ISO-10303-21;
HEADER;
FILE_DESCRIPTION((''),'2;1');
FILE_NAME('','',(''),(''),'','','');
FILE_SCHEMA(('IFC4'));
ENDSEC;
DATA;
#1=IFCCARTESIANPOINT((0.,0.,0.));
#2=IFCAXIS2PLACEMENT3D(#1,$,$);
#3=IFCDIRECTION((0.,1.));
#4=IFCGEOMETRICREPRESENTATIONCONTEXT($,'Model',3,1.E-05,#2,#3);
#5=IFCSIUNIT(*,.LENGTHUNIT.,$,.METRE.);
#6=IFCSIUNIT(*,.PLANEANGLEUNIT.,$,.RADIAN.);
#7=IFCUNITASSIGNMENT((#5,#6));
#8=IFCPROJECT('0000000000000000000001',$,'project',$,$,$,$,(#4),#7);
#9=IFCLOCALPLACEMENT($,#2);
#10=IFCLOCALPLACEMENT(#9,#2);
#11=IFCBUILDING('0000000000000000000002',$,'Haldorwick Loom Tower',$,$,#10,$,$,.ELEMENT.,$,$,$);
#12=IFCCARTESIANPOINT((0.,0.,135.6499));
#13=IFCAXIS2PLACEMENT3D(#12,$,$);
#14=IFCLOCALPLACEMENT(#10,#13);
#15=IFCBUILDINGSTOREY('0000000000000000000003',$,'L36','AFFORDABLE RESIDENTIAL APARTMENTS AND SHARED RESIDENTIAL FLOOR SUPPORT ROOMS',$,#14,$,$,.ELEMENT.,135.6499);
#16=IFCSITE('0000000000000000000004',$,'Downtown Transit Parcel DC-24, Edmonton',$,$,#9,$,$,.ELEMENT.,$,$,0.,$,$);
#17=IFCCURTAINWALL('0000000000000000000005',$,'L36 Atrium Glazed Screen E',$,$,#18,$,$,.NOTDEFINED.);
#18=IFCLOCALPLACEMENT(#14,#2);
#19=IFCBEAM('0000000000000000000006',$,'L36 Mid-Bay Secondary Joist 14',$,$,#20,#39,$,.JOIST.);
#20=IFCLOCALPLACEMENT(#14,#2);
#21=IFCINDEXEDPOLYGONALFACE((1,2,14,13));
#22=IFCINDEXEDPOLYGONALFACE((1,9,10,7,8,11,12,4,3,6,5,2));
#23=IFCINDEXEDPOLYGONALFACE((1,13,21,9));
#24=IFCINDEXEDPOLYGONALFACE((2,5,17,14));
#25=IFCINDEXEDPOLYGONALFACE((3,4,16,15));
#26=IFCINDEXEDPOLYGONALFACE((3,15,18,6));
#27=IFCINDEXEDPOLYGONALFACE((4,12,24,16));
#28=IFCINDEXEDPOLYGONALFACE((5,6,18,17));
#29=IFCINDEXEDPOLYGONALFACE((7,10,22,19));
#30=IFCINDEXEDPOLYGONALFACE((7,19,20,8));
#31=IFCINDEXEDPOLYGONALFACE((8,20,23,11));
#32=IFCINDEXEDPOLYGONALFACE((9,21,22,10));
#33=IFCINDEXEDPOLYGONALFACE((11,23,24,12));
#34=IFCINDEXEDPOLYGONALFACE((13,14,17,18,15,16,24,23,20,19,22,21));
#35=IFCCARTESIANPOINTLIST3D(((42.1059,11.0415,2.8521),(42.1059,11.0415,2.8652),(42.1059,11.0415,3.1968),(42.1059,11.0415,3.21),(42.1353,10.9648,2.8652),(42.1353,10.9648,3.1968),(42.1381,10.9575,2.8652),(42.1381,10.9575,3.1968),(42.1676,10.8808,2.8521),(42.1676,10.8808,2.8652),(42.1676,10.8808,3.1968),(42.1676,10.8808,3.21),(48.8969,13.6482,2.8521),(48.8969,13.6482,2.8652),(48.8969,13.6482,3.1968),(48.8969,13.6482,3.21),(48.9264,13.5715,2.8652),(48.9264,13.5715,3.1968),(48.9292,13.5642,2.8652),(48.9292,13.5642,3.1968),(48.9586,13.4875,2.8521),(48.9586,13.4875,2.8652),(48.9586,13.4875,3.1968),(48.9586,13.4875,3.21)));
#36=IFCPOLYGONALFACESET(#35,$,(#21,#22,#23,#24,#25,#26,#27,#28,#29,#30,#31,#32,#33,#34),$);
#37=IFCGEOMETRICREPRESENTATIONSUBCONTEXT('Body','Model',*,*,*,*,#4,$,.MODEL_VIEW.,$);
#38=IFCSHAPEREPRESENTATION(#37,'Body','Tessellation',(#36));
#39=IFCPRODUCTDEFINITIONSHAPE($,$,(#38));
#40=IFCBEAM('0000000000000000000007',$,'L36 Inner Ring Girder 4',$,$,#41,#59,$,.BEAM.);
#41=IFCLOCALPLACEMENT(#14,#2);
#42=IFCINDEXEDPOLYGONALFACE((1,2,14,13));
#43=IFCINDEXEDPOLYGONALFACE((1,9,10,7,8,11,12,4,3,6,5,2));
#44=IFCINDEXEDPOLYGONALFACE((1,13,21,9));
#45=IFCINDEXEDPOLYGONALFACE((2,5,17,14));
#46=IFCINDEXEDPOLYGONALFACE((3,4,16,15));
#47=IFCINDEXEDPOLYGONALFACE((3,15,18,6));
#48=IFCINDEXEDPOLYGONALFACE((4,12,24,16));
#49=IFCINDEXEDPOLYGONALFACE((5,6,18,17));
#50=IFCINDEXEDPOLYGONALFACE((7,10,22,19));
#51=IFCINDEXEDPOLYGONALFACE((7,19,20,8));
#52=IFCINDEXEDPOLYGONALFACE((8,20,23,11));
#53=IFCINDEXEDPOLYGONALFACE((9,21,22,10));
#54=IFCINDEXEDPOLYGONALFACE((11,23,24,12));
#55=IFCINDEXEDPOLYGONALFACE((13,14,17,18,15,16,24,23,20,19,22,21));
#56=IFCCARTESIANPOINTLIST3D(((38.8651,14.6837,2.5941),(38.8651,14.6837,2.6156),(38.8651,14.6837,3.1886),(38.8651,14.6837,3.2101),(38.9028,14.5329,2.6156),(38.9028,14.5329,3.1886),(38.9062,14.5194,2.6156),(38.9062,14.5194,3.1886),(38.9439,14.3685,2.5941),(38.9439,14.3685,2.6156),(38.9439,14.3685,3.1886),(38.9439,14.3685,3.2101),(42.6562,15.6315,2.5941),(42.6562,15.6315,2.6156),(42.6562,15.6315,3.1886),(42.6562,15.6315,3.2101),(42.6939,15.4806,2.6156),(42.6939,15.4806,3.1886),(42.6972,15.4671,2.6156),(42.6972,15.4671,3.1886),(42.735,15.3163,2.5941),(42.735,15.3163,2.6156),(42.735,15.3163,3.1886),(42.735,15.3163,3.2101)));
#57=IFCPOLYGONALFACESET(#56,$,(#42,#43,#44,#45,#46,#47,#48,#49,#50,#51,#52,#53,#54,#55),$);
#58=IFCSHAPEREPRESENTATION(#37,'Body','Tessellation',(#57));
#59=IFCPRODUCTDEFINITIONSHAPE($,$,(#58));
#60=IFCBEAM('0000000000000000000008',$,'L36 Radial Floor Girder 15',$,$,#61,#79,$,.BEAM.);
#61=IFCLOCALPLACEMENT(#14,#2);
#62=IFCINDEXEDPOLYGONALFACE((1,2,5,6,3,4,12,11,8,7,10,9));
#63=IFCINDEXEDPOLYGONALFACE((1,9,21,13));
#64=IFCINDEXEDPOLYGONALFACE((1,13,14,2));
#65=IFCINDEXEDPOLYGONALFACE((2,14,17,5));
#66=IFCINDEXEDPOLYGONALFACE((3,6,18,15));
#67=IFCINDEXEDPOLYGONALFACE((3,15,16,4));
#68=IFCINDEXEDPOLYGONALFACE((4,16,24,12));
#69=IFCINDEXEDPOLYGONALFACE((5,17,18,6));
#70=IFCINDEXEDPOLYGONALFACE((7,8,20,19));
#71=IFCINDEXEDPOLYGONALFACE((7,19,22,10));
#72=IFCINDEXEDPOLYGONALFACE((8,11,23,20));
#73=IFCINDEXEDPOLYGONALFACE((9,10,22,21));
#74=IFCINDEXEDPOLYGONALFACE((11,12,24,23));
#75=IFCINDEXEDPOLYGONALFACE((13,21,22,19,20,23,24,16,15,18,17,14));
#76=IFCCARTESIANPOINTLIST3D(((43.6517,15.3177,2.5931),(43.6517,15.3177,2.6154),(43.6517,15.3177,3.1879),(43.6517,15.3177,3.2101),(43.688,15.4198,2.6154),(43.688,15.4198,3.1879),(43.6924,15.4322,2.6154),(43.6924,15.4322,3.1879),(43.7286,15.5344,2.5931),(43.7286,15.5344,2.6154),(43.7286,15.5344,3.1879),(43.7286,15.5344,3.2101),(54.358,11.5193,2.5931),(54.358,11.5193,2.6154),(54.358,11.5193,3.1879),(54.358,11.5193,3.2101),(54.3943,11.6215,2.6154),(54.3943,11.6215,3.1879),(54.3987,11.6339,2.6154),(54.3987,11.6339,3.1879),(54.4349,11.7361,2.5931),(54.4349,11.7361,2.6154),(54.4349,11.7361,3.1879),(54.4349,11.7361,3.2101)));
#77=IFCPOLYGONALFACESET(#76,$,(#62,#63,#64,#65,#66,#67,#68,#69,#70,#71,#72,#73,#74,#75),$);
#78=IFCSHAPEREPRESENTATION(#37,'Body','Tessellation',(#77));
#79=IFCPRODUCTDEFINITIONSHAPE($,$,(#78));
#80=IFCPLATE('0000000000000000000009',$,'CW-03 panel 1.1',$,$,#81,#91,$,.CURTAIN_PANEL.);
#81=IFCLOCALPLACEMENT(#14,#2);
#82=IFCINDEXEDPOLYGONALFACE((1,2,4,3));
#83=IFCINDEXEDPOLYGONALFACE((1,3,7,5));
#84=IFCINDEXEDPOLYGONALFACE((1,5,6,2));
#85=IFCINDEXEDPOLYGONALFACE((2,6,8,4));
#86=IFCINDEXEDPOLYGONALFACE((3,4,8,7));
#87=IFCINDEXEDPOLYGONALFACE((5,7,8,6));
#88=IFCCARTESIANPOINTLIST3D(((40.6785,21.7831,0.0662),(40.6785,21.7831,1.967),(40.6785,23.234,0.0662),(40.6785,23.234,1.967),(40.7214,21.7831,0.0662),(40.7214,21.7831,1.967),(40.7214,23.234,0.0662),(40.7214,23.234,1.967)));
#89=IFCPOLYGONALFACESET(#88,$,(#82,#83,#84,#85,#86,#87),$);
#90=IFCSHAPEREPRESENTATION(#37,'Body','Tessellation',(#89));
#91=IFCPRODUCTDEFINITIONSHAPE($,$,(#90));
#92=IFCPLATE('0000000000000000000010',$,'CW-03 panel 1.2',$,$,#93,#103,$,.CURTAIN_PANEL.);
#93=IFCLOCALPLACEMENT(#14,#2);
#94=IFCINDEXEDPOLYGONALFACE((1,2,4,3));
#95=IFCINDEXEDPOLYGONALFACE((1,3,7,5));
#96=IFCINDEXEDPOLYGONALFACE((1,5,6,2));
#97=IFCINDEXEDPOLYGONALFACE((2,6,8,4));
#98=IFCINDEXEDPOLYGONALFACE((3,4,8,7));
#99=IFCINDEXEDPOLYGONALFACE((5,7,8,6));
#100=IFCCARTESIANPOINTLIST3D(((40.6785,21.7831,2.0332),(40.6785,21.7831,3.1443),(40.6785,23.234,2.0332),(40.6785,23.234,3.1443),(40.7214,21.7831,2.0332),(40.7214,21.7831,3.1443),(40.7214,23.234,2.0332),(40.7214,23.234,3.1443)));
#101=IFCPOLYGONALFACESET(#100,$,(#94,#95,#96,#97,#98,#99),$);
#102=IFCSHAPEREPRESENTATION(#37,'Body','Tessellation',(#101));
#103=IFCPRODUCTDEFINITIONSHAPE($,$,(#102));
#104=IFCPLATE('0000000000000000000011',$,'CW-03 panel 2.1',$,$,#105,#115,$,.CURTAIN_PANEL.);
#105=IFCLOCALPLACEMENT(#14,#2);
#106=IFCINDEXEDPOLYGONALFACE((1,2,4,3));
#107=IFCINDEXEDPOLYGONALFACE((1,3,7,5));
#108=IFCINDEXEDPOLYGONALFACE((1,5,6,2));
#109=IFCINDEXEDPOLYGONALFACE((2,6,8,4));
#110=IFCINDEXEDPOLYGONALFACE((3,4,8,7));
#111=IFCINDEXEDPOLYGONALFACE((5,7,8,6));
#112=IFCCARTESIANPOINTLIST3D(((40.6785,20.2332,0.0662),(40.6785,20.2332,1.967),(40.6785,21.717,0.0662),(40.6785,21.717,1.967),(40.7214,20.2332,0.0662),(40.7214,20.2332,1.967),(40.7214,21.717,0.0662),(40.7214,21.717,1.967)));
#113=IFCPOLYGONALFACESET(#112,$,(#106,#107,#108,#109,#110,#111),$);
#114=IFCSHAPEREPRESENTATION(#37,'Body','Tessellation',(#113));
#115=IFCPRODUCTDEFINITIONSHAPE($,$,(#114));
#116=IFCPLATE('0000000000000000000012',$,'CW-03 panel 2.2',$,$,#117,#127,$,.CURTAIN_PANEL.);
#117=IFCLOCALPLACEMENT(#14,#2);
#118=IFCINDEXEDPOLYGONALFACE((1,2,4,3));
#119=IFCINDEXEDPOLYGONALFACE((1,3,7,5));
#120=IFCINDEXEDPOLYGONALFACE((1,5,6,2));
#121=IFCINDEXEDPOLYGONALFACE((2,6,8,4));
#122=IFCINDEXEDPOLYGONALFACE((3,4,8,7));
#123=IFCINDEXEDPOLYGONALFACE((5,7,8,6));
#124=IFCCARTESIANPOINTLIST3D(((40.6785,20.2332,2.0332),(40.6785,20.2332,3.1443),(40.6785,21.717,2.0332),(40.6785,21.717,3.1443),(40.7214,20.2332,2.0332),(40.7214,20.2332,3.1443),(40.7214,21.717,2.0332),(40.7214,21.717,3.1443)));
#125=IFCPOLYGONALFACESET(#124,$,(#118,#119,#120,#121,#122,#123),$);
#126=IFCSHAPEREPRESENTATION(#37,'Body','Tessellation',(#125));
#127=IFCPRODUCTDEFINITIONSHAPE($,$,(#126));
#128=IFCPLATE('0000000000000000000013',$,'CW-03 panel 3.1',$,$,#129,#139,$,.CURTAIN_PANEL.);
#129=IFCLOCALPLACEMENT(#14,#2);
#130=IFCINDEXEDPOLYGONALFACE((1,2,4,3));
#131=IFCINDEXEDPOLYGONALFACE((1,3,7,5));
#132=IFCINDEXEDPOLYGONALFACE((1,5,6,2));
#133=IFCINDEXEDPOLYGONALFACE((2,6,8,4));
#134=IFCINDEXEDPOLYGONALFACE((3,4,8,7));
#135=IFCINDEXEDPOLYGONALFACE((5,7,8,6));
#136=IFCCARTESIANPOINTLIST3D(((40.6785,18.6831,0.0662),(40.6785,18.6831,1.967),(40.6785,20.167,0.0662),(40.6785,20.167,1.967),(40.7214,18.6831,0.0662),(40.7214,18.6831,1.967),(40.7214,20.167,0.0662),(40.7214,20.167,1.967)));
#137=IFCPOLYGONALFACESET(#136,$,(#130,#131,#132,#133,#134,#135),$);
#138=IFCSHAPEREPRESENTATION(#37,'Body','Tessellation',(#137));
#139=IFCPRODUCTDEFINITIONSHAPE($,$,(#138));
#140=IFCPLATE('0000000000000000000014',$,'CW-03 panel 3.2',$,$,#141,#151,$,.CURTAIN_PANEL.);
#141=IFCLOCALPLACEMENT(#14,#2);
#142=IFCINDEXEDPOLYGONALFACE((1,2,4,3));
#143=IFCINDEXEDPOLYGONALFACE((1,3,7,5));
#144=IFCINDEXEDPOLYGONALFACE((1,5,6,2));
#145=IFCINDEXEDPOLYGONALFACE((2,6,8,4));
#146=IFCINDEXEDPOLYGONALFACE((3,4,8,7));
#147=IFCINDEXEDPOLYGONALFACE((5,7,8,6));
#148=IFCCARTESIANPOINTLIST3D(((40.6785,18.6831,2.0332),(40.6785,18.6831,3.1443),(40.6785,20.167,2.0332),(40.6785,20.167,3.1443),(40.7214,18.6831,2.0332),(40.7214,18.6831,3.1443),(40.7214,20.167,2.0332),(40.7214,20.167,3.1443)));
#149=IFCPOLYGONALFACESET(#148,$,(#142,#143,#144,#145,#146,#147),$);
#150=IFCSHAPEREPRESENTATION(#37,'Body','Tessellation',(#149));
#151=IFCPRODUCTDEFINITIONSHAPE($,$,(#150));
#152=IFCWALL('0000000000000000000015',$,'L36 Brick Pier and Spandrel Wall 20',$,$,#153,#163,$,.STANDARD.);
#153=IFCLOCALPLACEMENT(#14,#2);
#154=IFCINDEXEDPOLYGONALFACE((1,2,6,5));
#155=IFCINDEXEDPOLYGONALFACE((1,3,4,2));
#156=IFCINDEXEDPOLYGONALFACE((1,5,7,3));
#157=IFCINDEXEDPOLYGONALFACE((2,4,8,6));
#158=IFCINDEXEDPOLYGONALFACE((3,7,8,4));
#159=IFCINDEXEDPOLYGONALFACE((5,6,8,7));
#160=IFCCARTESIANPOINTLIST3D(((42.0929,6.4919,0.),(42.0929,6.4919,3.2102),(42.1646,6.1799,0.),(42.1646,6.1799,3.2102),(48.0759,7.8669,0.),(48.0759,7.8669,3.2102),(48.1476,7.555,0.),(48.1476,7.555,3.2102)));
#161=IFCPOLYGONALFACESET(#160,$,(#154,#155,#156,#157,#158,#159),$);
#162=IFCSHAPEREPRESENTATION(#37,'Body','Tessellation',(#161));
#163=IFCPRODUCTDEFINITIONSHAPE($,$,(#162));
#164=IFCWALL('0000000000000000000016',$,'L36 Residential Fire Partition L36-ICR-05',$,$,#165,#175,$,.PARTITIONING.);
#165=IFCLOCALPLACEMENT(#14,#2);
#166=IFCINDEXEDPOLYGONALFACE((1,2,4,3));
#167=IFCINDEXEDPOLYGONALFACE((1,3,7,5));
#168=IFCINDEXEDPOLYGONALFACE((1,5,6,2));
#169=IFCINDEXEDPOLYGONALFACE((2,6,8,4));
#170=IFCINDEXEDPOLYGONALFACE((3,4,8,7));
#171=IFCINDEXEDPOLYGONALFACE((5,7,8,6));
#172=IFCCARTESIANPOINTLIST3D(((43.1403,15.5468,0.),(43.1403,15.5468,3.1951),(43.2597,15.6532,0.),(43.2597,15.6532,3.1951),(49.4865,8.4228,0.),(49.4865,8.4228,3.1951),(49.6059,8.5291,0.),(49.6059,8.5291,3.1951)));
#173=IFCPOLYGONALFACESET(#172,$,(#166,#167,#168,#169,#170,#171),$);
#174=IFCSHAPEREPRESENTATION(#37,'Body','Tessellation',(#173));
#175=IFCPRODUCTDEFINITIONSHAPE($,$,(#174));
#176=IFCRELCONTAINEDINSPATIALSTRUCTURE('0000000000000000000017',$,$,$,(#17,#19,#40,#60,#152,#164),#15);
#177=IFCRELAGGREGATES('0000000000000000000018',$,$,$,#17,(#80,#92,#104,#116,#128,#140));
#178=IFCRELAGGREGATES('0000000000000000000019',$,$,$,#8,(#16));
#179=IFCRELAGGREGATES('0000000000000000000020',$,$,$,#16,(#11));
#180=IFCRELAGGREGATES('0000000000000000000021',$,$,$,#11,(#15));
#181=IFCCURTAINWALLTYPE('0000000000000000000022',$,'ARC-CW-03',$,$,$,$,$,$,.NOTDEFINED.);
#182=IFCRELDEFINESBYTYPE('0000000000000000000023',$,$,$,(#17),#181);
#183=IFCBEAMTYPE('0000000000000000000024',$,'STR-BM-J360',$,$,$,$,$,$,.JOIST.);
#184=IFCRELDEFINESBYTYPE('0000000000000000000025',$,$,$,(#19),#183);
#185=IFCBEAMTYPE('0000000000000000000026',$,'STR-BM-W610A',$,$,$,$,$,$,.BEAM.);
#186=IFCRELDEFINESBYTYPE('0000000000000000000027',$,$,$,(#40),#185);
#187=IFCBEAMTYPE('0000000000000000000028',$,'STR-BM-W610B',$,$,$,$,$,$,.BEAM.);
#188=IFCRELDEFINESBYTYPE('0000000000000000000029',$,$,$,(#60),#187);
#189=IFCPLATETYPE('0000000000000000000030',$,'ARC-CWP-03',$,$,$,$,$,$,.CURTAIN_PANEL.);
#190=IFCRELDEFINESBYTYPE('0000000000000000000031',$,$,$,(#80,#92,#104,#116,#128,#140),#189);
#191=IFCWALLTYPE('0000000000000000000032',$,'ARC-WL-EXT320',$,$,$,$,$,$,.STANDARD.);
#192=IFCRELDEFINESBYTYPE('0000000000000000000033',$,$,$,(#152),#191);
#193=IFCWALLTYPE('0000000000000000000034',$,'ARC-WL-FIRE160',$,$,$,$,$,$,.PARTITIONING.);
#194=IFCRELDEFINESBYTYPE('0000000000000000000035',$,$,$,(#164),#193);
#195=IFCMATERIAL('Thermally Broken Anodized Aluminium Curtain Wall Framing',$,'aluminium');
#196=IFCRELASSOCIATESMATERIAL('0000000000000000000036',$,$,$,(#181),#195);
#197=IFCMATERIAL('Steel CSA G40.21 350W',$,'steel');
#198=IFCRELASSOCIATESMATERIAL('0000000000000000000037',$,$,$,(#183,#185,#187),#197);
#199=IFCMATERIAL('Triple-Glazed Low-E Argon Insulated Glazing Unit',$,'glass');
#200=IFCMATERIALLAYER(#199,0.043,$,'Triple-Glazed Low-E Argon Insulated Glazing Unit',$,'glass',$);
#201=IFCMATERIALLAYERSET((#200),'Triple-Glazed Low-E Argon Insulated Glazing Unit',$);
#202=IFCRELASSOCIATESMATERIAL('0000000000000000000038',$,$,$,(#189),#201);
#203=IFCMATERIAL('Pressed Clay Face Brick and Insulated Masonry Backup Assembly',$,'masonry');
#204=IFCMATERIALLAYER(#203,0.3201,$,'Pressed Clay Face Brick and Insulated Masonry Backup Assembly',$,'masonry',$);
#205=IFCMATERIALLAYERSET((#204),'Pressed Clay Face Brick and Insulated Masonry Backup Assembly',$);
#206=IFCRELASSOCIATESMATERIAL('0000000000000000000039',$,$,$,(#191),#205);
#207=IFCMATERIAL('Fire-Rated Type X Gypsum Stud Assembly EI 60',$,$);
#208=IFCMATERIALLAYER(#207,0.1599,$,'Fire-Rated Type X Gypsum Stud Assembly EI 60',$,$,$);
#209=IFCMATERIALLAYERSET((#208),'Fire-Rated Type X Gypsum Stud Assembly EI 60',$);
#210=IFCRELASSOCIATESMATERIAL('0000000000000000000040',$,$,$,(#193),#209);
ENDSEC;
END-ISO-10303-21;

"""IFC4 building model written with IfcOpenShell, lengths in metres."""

from ifc_helpers import new_model, si_unit, direction, frame, frame_2d, origin, origin_2d, place, context, subcontext, project, spatial, rectangle, i_section, extrude, material, layer, layer_set, material_profile, profile_set, type_object, element, aggregate, save


model = new_model("IFC4")

# Units and contexts
model_context = context("Model", 3, precision=1e-05, world=origin(), true_north=direction((0.0, 1.0)))
body_context = subcontext(model_context, "Body", "Model", "MODEL_VIEW")
ifc_project = project(units=[si_unit("LENGTHUNIT", "METRE"), si_unit("PLANEANGLEUNIT", "RADIAN")], contexts=[model_context])

# Site, building, storey
site_placement = place(None, origin())
site = spatial("IfcSite", under=ifc_project, at=site_placement, Name="Downtown Transit Parcel DC-24, Edmonton", CompositionType="ELEMENT", RefElevation=0.0)
building_placement = place(site_placement, origin())
building = spatial("IfcBuilding", under=site, at=building_placement, Name="Haldorwick Loom Tower", CompositionType="ELEMENT")
storey_placement = place(building_placement, frame((0.0, 0.0, 135.6499)))
storey = spatial("IfcBuildingStorey", under=building, at=storey_placement, Name="L36", Description="AFFORDABLE RESIDENTIAL APARTMENTS AND SHARED RESIDENTIAL FLOOR SUPPORT ROOMS", CompositionType="ELEMENT", Elevation=135.6499)

# Curtain wall
ifc_material_1 = material(Name="Thermally Broken Anodized Aluminium Curtain Wall Framing", Category="aluminium")
curtain_wall_type = type_object("IfcCurtainWallType", Name="ARC-CW-03", PredefinedType="NOTDEFINED", material=ifc_material_1)
curtain_wall_placement = place(storey_placement, origin())
curtain_wall = element("IfcCurtainWall", 1, at=curtain_wall_placement, inside=storey, type_object=curtain_wall_type, Name="L36 Atrium Glazed Screen E", PredefinedType="NOTDEFINED")

# Beams
ifc_material_2 = material(Name="Steel CSA G40.21 350W", Category="steel")
ifc_material_profile_1 = material_profile(ifc_material_2, i_section(OverallWidth=0.1721, OverallDepth=0.3579, WebThickness=0.0078, FlangeThickness=0.0132, at=origin_2d()), Name="W360X57", Category="steel")
ifc_profile_set_1 = profile_set([ifc_material_profile_1], Name="Steel CSA G40.21 350W")
beam_type_1 = type_object("IfcBeamType", Name="STR-BM-J360", PredefinedType="JOIST", material=ifc_profile_set_1)
beam_1_placement = place(storey_placement, frame((42.1367, 10.9612, 3.031), z_axis=(0.933587, 0.358352, 0.0), x_axis=(-0.358352, 0.933587, 0.0)))
element("IfcBeam", 2, at=beam_1_placement, inside=storey, type_object=beam_type_1, Name="L36 Mid-Bay Secondary Joist 14", PredefinedType="JOIST", context=body_context, shape_type="SweptSolid", body=[
    extrude(i_section(OverallWidth=0.1721, OverallDepth=0.3579, WebThickness=0.0078, FlangeThickness=0.0132, at=origin_2d()), origin(), (0.0, 0.0, 1.0), 7.2742),
])
ifc_material_profile_2 = material_profile(ifc_material_2, i_section(OverallWidth=0.325, OverallDepth=0.616, WebThickness=0.0139, FlangeThickness=0.0215, at=origin_2d()), Name="W610X174", Category="steel")
ifc_profile_set_2 = profile_set([ifc_material_profile_2], Name="Steel CSA G40.21 350W")
beam_type_2 = type_object("IfcBeamType", Name="STR-BM-W610A", PredefinedType="BEAM", material=ifc_profile_set_2)
beam_2_placement = place(storey_placement, frame((42.6956, 15.4739, 2.9021), z_axis=(-0.970143, -0.242536, 0.0), x_axis=(0.242536, -0.970143, 0.0)))
element("IfcBeam", 3, at=beam_2_placement, inside=storey, type_object=beam_type_2, Name="L36 Inner Ring Girder 4", PredefinedType="BEAM", context=body_context, shape_type="SweptSolid", body=[
    extrude(i_section(OverallWidth=0.325, OverallDepth=0.616, WebThickness=0.0139, FlangeThickness=0.0215, at=origin_2d()), origin(), (0.0, 0.0, 1.0), 3.9077),
])
ifc_material_profile_3 = material_profile(ifc_material_2, i_section(OverallWidth=0.23, OverallDepth=0.6169, WebThickness=0.0132, FlangeThickness=0.0222, at=origin_2d()), Name="W610X140", Category="steel")
ifc_profile_set_3 = profile_set([ifc_material_profile_3], Name="Steel CSA G40.21 350W")
beam_type_3 = type_object("IfcBeamType", Name="STR-BM-W610B", PredefinedType="BEAM", material=ifc_profile_set_3)
beam_3_placement = place(storey_placement, frame((43.6902, 15.426, 2.9016), z_axis=(0.942446, -0.334358, 0.0), x_axis=(0.334358, 0.942446, 0.0)))
element("IfcBeam", 4, at=beam_3_placement, inside=storey, type_object=beam_type_3, Name="L36 Radial Floor Girder 15", PredefinedType="BEAM", context=body_context, shape_type="SweptSolid", body=[
    extrude(i_section(OverallWidth=0.23, OverallDepth=0.6169, WebThickness=0.0132, FlangeThickness=0.0222, at=origin_2d()), origin(), (0.0, 0.0, 1.0), 11.3601),
])

# Plates
ifc_material_3 = material(Name="Triple-Glazed Low-E Argon Insulated Glazing Unit", Category="glass")
ifc_layer_1 = layer(ifc_material_3, 0.043, Name="Triple-Glazed Low-E Argon Insulated Glazing Unit", Category="glass")
ifc_layer_set_1 = layer_set([ifc_layer_1], Name="Triple-Glazed Low-E Argon Insulated Glazing Unit")
plate_type = type_object("IfcPlateType", Name="ARC-CWP-03", PredefinedType="CURTAIN_PANEL", material=ifc_layer_set_1)
plate_1_placement = place(storey_placement, frame((40.7, 22.5085, 0.0662), z_axis=(0.0, 0.0, 1.0), x_axis=(0.0, -1.0, 0.0)))
plate_1 = element("IfcPlate", 5, at=plate_1_placement, type_object=plate_type, Name="CW-03 panel 1.1", PredefinedType="CURTAIN_PANEL", context=body_context, shape_type="SweptSolid", body=[
    extrude(rectangle(XDim=1.4509, YDim=0.043, at=origin_2d()), origin(), (0.0, 0.0, 1.0), 1.9009),
])
plate_2_placement = place(storey_placement, frame((40.7, 22.5085, 2.0332), z_axis=(0.0, 0.0, 1.0), x_axis=(0.0, -1.0, 0.0)))
plate_2 = element("IfcPlate", 6, at=plate_2_placement, type_object=plate_type, Name="CW-03 panel 1.2", PredefinedType="CURTAIN_PANEL", context=body_context, shape_type="SweptSolid", body=[
    extrude(rectangle(XDim=1.4509, YDim=0.043, at=origin_2d()), origin(), (0.0, 0.0, 1.0), 1.1111),
])
plate_3_placement = place(storey_placement, frame((40.7, 20.9751, 0.0662), z_axis=(0.0, 0.0, 1.0), x_axis=(0.0, -1.0, 0.0)))
plate_3 = element("IfcPlate", 7, at=plate_3_placement, type_object=plate_type, Name="CW-03 panel 2.1", PredefinedType="CURTAIN_PANEL", context=body_context, shape_type="SweptSolid", body=[
    extrude(rectangle(XDim=1.4839, YDim=0.043, at=origin_2d()), origin(), (0.0, 0.0, 1.0), 1.9009),
])
plate_4_placement = place(storey_placement, frame((40.7, 20.9751, 2.0332), z_axis=(0.0, 0.0, 1.0), x_axis=(0.0, -1.0, 0.0)))
plate_4 = element("IfcPlate", 8, at=plate_4_placement, type_object=plate_type, Name="CW-03 panel 2.2", PredefinedType="CURTAIN_PANEL", context=body_context, shape_type="SweptSolid", body=[
    extrude(rectangle(XDim=1.4839, YDim=0.043, at=origin_2d()), origin(), (0.0, 0.0, 1.0), 1.1111),
])
plate_5_placement = place(storey_placement, frame((40.7, 19.425, 0.0662), z_axis=(0.0, 0.0, 1.0), x_axis=(0.0, -1.0, 0.0)))
plate_5 = element("IfcPlate", 9, at=plate_5_placement, type_object=plate_type, Name="CW-03 panel 3.1", PredefinedType="CURTAIN_PANEL", context=body_context, shape_type="SweptSolid", body=[
    extrude(rectangle(XDim=1.4839, YDim=0.043, at=origin_2d()), origin(), (0.0, 0.0, 1.0), 1.9009),
])
plate_6_placement = place(storey_placement, frame((40.7, 19.425, 2.0332), z_axis=(0.0, 0.0, 1.0), x_axis=(0.0, -1.0, 0.0)))
plate_6 = element("IfcPlate", 10, at=plate_6_placement, type_object=plate_type, Name="CW-03 panel 3.2", PredefinedType="CURTAIN_PANEL", context=body_context, shape_type="SweptSolid", body=[
    extrude(rectangle(XDim=1.4839, YDim=0.043, at=origin_2d()), origin(), (0.0, 0.0, 1.0), 1.1111),
])
aggregate(curtain_wall, [plate_1, plate_2, plate_3, plate_4, plate_5, plate_6])

# Walls
ifc_material_4 = material(Name="Pressed Clay Face Brick and Insulated Masonry Backup Assembly", Category="masonry")
ifc_layer_2 = layer(ifc_material_4, 0.3201, Name="Pressed Clay Face Brick and Insulated Masonry Backup Assembly", Category="masonry")
ifc_layer_set_2 = layer_set([ifc_layer_2], Name="Pressed Clay Face Brick and Insulated Masonry Backup Assembly")
wall_type_1 = type_object("IfcWallType", Name="ARC-WL-EXT320", PredefinedType="STANDARD", material=ifc_layer_set_2)
wall_1_placement = place(storey_placement, frame((42.1289, 6.3359, 0.0), z_axis=(0.0, 0.0, 1.0), x_axis=(0.974593, 0.223982, 0.0)))
element("IfcWall", 11, at=wall_1_placement, inside=storey, type_object=wall_type_1, Name="L36 Brick Pier and Spandrel Wall 20", PredefinedType="STANDARD", context=body_context, shape_type="SweptSolid", body=[
    extrude(rectangle(XDim=6.1389, YDim=0.3201, at=frame_2d((3.0693, 0.0))), origin(), (0.0, 0.0, 1.0), 3.2102),
])
ifc_material_5 = material(Name="Fire-Rated Type X Gypsum Stud Assembly EI 60")
ifc_layer_3 = layer(ifc_material_5, 0.1599, Name="Fire-Rated Type X Gypsum Stud Assembly EI 60")
ifc_layer_set_3 = layer_set([ifc_layer_3], Name="Fire-Rated Type X Gypsum Stud Assembly EI 60")
wall_type_2 = type_object("IfcWallType", Name="ARC-WL-FIRE160", PredefinedType="PARTITIONING", material=ifc_layer_set_3)
wall_2_placement = place(storey_placement, frame((43.2, 15.6001, 0.0), z_axis=(0.0, 0.0, 1.0), x_axis=(0.665167, -0.746695, 0.0)))
element("IfcWall", 12, at=wall_2_placement, inside=storey, type_object=wall_type_2, Name="L36 Residential Fire Partition L36-ICR-05", PredefinedType="PARTITIONING", context=body_context, shape_type="SweptSolid", body=[
    extrude(rectangle(XDim=9.5408, YDim=0.1599, at=frame_2d((4.7705, 0.0))), origin(), (0.0, 0.0, 1.0), 3.1951),
])

save(model, "model.ifc")
